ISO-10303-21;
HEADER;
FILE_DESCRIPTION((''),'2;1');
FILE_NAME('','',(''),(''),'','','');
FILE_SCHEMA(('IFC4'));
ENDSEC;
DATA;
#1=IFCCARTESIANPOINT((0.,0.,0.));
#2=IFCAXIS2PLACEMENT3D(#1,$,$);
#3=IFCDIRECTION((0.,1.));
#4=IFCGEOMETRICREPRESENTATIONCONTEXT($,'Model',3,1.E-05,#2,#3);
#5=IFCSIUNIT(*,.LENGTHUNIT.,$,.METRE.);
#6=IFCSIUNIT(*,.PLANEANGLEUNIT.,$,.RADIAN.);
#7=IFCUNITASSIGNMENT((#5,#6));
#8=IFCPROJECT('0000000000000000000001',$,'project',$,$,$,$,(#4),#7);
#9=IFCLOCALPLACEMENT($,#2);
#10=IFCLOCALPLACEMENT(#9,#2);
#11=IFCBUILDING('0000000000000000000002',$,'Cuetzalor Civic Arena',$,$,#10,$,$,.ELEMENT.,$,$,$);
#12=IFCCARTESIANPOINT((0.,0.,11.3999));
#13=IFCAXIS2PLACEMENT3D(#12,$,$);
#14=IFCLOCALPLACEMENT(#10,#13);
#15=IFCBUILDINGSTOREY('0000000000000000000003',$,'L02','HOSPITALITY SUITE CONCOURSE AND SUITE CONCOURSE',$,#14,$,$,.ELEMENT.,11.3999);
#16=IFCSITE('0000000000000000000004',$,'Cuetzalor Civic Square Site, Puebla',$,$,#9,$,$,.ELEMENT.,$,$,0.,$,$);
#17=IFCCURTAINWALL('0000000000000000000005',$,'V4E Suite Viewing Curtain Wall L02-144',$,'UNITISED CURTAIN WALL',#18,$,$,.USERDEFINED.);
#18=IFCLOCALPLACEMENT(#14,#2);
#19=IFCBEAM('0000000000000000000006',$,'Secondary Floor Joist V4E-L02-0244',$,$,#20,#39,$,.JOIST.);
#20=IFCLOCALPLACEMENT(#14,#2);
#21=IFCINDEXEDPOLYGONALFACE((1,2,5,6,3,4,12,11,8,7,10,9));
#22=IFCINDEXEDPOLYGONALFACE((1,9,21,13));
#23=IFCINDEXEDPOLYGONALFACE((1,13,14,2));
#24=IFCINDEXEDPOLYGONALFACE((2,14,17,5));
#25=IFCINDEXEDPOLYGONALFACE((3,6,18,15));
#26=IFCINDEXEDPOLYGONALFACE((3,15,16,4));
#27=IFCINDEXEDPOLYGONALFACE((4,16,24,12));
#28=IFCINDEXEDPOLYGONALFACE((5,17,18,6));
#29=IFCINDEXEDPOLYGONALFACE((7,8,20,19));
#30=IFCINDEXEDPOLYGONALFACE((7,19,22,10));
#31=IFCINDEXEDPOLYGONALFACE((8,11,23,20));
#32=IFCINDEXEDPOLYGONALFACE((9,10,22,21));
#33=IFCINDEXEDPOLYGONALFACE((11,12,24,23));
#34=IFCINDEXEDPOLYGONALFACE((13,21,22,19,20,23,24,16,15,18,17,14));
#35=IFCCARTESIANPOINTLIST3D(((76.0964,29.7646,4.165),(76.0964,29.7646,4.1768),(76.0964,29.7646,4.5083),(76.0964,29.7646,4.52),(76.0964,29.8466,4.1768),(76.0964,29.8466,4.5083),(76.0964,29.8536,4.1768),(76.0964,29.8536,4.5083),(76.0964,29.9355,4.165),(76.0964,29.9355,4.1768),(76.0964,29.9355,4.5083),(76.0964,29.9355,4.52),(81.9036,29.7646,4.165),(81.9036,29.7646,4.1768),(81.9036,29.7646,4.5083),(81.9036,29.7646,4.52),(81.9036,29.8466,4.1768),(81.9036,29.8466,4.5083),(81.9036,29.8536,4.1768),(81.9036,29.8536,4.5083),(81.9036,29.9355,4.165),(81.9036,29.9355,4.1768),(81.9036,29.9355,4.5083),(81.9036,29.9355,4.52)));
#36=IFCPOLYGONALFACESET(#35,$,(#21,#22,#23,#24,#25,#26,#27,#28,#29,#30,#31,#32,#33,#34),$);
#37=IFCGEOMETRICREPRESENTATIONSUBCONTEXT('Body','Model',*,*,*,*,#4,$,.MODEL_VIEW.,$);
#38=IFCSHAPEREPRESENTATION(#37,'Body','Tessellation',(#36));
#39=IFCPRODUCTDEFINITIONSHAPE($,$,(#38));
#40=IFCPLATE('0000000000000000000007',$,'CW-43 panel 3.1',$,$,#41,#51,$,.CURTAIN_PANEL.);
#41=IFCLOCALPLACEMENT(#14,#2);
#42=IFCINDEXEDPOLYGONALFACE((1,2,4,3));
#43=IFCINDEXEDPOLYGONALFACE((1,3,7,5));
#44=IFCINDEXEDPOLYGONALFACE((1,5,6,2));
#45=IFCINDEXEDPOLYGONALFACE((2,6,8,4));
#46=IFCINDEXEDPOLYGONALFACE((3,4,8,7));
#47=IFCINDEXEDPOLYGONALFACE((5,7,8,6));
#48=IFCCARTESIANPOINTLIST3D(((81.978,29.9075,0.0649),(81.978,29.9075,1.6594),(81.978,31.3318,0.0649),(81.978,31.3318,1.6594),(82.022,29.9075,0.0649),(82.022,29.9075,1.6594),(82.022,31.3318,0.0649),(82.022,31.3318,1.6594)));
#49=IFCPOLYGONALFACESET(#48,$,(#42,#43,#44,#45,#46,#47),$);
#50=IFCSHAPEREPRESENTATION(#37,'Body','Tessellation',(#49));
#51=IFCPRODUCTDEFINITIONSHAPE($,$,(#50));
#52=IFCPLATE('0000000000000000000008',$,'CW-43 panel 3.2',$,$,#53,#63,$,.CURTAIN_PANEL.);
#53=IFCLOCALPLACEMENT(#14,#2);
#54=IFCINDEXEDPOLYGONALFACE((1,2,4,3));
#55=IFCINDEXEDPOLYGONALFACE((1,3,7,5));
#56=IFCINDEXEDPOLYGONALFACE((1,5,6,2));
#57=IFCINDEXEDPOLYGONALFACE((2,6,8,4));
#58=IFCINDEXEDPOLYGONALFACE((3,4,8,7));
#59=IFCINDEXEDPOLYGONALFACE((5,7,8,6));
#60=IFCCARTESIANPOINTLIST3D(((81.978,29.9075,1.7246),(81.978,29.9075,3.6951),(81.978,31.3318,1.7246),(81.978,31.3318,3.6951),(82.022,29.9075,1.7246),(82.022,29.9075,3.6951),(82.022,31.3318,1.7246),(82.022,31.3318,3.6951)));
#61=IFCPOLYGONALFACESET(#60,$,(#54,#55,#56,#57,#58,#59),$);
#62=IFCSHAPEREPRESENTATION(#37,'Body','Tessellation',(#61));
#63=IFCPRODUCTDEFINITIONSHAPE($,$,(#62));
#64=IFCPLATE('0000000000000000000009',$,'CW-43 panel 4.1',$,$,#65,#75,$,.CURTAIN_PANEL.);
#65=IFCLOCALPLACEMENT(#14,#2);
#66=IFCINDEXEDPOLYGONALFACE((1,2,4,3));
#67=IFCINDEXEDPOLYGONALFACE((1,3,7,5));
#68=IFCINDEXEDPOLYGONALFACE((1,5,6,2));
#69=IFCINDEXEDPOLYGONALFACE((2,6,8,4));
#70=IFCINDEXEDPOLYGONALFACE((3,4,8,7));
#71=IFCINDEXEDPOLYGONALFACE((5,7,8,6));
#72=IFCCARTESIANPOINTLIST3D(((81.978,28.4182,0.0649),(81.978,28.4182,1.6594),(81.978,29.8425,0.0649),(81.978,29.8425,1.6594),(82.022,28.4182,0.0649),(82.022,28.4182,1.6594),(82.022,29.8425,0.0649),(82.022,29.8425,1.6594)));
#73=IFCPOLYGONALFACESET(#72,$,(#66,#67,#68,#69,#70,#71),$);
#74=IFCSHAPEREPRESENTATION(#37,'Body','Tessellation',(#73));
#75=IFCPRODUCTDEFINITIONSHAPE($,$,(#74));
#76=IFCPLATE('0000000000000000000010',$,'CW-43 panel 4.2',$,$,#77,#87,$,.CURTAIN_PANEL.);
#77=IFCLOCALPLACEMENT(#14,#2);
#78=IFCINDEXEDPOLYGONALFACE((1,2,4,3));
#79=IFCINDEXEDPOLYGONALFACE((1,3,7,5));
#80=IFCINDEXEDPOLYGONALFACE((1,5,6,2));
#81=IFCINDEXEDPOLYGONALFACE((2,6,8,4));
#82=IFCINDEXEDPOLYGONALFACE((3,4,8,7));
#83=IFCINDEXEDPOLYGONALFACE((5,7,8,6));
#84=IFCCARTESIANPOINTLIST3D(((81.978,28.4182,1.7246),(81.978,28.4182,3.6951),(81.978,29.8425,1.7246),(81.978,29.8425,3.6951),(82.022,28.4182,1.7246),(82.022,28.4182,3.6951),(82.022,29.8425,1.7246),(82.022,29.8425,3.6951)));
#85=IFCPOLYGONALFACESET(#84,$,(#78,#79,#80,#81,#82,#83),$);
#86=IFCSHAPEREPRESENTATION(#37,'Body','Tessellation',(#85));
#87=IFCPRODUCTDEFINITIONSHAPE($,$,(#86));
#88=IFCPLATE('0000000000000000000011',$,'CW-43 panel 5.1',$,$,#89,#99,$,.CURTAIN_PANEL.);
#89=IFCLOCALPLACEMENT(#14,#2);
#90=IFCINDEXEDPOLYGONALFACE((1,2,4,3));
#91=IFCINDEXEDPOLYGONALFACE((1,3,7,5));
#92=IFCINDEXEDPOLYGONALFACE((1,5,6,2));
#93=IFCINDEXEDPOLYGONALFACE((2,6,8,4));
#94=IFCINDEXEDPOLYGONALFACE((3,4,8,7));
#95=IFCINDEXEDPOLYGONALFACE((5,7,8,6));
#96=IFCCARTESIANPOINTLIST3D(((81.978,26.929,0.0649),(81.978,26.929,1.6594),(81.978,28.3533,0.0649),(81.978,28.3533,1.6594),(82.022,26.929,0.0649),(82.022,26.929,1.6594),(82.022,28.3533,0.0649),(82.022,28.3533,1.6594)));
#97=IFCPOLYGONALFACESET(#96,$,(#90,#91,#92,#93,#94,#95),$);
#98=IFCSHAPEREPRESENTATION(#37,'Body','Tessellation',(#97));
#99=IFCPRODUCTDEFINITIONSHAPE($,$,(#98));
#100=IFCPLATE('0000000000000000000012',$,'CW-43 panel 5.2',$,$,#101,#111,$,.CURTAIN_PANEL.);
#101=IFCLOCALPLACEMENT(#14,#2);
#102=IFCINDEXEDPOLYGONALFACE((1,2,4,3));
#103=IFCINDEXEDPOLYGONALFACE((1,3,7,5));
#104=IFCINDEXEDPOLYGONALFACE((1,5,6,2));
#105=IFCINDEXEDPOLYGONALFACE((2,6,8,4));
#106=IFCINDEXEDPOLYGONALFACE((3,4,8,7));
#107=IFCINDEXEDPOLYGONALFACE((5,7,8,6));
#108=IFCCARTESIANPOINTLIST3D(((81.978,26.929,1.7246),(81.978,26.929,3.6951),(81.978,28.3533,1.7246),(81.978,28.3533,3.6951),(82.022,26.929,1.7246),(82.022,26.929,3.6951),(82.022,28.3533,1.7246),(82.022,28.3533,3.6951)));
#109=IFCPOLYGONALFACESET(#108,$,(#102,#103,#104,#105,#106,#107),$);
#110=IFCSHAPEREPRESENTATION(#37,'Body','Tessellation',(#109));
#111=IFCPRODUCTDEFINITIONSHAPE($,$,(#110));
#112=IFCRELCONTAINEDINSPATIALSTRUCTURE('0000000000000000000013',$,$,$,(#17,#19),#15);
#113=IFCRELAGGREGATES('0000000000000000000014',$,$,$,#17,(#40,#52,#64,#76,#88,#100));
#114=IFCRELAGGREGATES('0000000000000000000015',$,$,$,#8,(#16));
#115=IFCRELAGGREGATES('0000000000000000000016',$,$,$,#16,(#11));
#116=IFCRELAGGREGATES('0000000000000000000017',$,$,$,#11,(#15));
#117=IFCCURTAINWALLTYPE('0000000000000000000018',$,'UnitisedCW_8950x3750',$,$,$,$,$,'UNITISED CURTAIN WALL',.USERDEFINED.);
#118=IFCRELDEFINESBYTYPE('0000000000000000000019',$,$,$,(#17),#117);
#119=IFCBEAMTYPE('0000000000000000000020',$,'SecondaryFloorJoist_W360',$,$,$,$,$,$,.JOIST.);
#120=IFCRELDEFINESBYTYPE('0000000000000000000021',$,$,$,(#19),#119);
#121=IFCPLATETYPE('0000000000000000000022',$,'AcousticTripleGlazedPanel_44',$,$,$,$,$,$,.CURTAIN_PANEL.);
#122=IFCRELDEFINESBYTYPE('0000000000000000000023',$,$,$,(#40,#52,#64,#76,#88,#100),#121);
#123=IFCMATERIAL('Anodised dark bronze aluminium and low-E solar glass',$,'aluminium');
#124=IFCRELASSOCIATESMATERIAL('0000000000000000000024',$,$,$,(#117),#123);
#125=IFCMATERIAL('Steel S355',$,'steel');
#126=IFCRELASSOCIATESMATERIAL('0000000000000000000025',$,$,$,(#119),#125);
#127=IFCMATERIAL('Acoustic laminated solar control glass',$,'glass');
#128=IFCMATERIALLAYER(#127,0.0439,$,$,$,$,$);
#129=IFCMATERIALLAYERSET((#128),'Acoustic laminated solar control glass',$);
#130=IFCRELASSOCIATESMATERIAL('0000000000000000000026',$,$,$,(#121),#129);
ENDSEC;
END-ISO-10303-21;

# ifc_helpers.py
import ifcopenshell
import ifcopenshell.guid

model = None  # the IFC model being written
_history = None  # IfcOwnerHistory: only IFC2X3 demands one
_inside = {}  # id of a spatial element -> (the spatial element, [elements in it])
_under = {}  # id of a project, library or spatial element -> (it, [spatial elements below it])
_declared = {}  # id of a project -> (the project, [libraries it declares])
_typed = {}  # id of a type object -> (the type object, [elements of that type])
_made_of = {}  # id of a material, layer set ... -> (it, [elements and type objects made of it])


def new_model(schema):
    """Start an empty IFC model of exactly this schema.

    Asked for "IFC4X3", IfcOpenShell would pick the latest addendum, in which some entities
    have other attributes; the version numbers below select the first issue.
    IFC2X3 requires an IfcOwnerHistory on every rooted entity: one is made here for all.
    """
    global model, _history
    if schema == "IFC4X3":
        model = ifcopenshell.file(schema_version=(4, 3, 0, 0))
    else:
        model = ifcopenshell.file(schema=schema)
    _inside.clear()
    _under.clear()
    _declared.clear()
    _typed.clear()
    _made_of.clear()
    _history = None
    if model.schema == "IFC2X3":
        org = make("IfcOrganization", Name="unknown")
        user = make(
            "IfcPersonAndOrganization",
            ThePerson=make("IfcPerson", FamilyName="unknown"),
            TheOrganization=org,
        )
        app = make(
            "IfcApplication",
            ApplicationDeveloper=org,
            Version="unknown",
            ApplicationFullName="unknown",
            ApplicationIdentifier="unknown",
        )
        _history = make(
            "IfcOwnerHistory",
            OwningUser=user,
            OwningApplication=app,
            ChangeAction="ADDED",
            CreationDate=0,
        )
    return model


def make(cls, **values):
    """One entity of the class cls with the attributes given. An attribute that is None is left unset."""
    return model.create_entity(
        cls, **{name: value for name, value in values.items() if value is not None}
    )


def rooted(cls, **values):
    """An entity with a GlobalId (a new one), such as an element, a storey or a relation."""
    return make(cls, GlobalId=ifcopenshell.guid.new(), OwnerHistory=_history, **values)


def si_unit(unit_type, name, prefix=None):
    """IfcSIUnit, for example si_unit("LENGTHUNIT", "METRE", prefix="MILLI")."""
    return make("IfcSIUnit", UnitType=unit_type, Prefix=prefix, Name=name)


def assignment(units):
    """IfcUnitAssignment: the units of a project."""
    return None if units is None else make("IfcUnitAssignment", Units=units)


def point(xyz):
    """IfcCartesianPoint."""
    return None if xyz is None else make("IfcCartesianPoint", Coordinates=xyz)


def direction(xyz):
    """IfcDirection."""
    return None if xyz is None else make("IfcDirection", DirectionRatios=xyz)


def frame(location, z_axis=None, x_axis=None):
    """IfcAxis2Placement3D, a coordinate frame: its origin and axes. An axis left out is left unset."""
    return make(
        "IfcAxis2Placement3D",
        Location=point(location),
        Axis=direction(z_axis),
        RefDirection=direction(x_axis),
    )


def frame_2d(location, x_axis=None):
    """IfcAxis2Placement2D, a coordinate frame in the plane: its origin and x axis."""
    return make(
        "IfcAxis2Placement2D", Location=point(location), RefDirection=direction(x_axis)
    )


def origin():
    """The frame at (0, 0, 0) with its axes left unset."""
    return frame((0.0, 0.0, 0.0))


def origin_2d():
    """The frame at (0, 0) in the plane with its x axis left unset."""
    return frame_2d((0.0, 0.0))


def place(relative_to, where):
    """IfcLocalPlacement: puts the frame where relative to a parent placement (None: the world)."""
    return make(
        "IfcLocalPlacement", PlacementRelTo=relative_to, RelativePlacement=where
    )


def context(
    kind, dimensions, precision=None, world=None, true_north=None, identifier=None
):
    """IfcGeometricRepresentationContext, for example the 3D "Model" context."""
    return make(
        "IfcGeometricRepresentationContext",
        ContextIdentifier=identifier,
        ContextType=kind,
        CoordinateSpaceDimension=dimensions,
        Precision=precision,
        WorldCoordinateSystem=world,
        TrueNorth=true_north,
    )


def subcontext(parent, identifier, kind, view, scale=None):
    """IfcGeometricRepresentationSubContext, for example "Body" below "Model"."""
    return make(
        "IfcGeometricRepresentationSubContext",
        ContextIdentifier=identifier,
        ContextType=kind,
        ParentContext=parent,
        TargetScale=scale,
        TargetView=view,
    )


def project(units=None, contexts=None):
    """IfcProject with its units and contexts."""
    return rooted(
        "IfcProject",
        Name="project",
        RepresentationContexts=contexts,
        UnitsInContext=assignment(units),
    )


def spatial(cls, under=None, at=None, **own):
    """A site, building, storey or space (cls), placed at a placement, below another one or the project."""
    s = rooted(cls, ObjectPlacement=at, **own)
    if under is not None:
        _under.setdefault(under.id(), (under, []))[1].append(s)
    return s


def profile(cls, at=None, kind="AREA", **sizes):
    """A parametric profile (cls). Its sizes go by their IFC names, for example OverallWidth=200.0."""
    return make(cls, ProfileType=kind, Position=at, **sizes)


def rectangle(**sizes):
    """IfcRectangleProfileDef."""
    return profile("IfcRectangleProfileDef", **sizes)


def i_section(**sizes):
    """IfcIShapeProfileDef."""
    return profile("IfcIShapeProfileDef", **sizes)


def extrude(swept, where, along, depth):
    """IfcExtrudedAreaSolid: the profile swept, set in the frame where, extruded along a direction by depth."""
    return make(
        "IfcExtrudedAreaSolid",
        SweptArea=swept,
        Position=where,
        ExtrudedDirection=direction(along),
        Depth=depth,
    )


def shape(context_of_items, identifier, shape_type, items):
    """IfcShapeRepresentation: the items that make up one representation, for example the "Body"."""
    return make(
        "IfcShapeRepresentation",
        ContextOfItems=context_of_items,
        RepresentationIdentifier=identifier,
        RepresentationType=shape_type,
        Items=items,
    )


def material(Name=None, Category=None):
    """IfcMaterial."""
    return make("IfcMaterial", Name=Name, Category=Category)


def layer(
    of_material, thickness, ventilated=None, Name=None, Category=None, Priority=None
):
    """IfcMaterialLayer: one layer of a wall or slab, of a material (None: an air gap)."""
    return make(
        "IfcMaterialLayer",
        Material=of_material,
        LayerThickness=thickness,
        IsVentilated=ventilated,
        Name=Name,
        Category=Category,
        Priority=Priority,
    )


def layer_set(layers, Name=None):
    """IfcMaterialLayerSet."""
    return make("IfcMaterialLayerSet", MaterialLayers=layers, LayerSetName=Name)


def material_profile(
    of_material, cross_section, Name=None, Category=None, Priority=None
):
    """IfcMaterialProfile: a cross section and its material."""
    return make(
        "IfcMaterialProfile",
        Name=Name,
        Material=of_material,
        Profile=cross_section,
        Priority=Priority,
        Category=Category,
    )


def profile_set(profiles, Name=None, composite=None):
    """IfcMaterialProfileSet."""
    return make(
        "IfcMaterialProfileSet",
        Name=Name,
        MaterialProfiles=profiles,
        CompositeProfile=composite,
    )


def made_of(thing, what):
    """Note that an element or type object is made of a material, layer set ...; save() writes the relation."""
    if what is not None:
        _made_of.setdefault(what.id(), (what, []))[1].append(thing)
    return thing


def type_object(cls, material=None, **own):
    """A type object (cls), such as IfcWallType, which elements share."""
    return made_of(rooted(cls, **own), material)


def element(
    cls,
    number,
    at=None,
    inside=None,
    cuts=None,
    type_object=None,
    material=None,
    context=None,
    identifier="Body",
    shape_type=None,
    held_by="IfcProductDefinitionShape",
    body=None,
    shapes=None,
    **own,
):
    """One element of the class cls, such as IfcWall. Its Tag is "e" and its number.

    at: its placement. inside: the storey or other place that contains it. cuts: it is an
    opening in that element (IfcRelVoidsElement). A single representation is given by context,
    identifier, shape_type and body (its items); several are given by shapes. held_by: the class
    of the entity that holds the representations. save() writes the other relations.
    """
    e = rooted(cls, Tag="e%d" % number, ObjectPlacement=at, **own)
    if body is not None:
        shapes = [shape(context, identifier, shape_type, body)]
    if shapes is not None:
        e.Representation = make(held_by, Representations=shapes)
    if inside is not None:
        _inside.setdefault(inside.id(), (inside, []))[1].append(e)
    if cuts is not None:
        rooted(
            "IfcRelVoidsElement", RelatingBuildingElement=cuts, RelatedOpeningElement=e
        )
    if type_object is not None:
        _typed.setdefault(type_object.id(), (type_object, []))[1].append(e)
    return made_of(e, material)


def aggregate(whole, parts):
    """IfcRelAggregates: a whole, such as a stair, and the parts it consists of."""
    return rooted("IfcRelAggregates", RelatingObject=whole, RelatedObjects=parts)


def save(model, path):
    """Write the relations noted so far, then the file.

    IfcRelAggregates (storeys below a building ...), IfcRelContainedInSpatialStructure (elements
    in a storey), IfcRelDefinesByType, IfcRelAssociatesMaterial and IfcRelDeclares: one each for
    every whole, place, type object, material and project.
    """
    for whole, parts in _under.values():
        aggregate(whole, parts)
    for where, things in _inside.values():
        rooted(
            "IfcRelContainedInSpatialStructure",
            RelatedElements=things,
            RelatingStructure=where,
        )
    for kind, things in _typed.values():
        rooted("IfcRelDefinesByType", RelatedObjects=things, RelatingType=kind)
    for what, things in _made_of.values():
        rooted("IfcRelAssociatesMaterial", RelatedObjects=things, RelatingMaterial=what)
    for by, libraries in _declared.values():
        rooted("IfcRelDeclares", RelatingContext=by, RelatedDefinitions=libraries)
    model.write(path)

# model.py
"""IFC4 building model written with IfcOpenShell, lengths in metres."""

from ifc_helpers import new_model, si_unit, direction, frame, origin, origin_2d, place, context, subcontext, project, spatial, rectangle, i_section, extrude, material, layer, layer_set, material_profile, profile_set, type_object, element, aggregate, save


model = new_model("IFC4")

# Units and contexts
model_context = context("Model", 3, precision=1e-05, world=origin(), true_north=direction((0.0, 1.0)))
body_context = subcontext(model_context, "Body", "Model", "MODEL_VIEW")
ifc_project = project(units=[si_unit("LENGTHUNIT", "METRE"), si_unit("PLANEANGLEUNIT", "RADIAN")], contexts=[model_context])

# Site, building, storey
site_placement = place(None, origin())
site = spatial("IfcSite", under=ifc_project, at=site_placement, Name="Cuetzalor Civic Square Site, Puebla", CompositionType="ELEMENT", RefElevation=0.0)
building_placement = place(site_placement, origin())
building = spatial("IfcBuilding", under=site, at=building_placement, Name="Cuetzalor Civic Arena", CompositionType="ELEMENT")
storey_placement = place(building_placement, frame((0.0, 0.0, 11.3999)))
storey = spatial("IfcBuildingStorey", under=building, at=storey_placement, Name="L02", Description="HOSPITALITY SUITE CONCOURSE AND SUITE CONCOURSE", CompositionType="ELEMENT", Elevation=11.3999)

# Curtain wall
ifc_material_1 = material(Name="Anodised dark bronze aluminium and low-E solar glass", Category="aluminium")
curtain_wall_type = type_object("IfcCurtainWallType", Name="UnitisedCW_8950x3750", ElementType="UNITISED CURTAIN WALL", PredefinedType="USERDEFINED", material=ifc_material_1)
curtain_wall_placement = place(storey_placement, origin())
curtain_wall = element("IfcCurtainWall", 1, at=curtain_wall_placement, inside=storey, type_object=curtain_wall_type, Name="V4E Suite Viewing Curtain Wall L02-144", ObjectType="UNITISED CURTAIN WALL", PredefinedType="USERDEFINED")

# Beam
ifc_material_2 = material(Name="Steel S355", Category="steel")
ifc_material_profile_1 = material_profile(ifc_material_2, i_section(OverallWidth=0.1709, OverallDepth=0.355, WebThickness=0.0071, FlangeThickness=0.0117, at=origin_2d()), Name="W360x51")
ifc_profile_set_1 = profile_set([ifc_material_profile_1], Name="Steel S355")
beam_type = type_object("IfcBeamType", Name="SecondaryFloorJoist_W360", PredefinedType="JOIST", material=ifc_profile_set_1)
beam_placement = place(storey_placement, frame((76.0964, 29.8501, 4.3425), z_axis=(1.0, 0.0, 0.0), x_axis=(0.0, 1.0, 0.0)))
element("IfcBeam", 2, at=beam_placement, inside=storey, type_object=beam_type, Name="Secondary Floor Joist V4E-L02-0244", PredefinedType="JOIST", context=body_context, shape_type="SweptSolid", body=[
    extrude(i_section(OverallWidth=0.1709, OverallDepth=0.355, WebThickness=0.0071, FlangeThickness=0.0117, at=origin_2d()), origin(), (0.0, 0.0, 1.0), 5.8071),
])

# Plates
ifc_material_3 = material(Name="Acoustic laminated solar control glass", Category="glass")
ifc_layer = layer(ifc_material_3, 0.0439)
ifc_layer_set = layer_set([ifc_layer], Name="Acoustic laminated solar control glass")
plate_type = type_object("IfcPlateType", Name="AcousticTripleGlazedPanel_44", PredefinedType="CURTAIN_PANEL", material=ifc_layer_set)
plate_1_placement = place(storey_placement, frame((82.0, 30.6196, 0.0649), z_axis=(0.0, 0.0, 1.0), x_axis=(0.0, -1.0, 0.0)))
plate_1 = element("IfcPlate", 3, at=plate_1_placement, type_object=plate_type, Name="CW-43 panel 3.1", PredefinedType="CURTAIN_PANEL", context=body_context, shape_type="SweptSolid", body=[
    extrude(rectangle(XDim=1.4243, YDim=0.0439, at=origin_2d()), origin(), (0.0, 0.0, 1.0), 1.5945),
])
plate_2_placement = place(storey_placement, frame((82.0, 30.6196, 1.7246), z_axis=(0.0, 0.0, 1.0), x_axis=(0.0, -1.0, 0.0)))
plate_2 = element("IfcPlate", 4, at=plate_2_placement, type_object=plate_type, Name="CW-43 panel 3.2", PredefinedType="CURTAIN_PANEL", context=body_context, shape_type="SweptSolid", body=[
    extrude(rectangle(XDim=1.4243, YDim=0.0439, at=origin_2d()), origin(), (0.0, 0.0, 1.0), 1.9705),
])
plate_3_placement = place(storey_placement, frame((82.0, 29.1304, 0.0649), z_axis=(0.0, 0.0, 1.0), x_axis=(0.0, -1.0, 0.0)))
plate_3 = element("IfcPlate", 5, at=plate_3_placement, type_object=plate_type, Name="CW-43 panel 4.1", PredefinedType="CURTAIN_PANEL", context=body_context, shape_type="SweptSolid", body=[
    extrude(rectangle(XDim=1.4243, YDim=0.0439, at=origin_2d()), origin(), (0.0, 0.0, 1.0), 1.5945),
])
plate_4_placement = place(storey_placement, frame((82.0, 29.1304, 1.7246), z_axis=(0.0, 0.0, 1.0), x_axis=(0.0, -1.0, 0.0)))
plate_4 = element("IfcPlate", 6, at=plate_4_placement, type_object=plate_type, Name="CW-43 panel 4.2", PredefinedType="CURTAIN_PANEL", context=body_context, shape_type="SweptSolid", body=[
    extrude(rectangle(XDim=1.4243, YDim=0.0439, at=origin_2d()), origin(), (0.0, 0.0, 1.0), 1.9705),
])
plate_5_placement = place(storey_placement, frame((82.0, 27.6411, 0.0649), z_axis=(0.0, 0.0, 1.0), x_axis=(0.0, -1.0, 0.0)))
plate_5 = element("IfcPlate", 7, at=plate_5_placement, type_object=plate_type, Name="CW-43 panel 5.1", PredefinedType="CURTAIN_PANEL", context=body_context, shape_type="SweptSolid", body=[
    extrude(rectangle(XDim=1.4243, YDim=0.0439, at=origin_2d()), origin(), (0.0, 0.0, 1.0), 1.5945),
])
plate_6_placement = place(storey_placement, frame((82.0, 27.6411, 1.7246), z_axis=(0.0, 0.0, 1.0), x_axis=(0.0, -1.0, 0.0)))
plate_6 = element("IfcPlate", 8, at=plate_6_placement, type_object=plate_type, Name="CW-43 panel 5.2", PredefinedType="CURTAIN_PANEL", context=body_context, shape_type="SweptSolid", body=[
    extrude(rectangle(XDim=1.4243, YDim=0.0439, at=origin_2d()), origin(), (0.0, 0.0, 1.0), 1.9705),
])
aggregate(curtain_wall, [plate_1, plate_2, plate_3, plate_4, plate_5, plate_6])

save(model, "model.ifc")
